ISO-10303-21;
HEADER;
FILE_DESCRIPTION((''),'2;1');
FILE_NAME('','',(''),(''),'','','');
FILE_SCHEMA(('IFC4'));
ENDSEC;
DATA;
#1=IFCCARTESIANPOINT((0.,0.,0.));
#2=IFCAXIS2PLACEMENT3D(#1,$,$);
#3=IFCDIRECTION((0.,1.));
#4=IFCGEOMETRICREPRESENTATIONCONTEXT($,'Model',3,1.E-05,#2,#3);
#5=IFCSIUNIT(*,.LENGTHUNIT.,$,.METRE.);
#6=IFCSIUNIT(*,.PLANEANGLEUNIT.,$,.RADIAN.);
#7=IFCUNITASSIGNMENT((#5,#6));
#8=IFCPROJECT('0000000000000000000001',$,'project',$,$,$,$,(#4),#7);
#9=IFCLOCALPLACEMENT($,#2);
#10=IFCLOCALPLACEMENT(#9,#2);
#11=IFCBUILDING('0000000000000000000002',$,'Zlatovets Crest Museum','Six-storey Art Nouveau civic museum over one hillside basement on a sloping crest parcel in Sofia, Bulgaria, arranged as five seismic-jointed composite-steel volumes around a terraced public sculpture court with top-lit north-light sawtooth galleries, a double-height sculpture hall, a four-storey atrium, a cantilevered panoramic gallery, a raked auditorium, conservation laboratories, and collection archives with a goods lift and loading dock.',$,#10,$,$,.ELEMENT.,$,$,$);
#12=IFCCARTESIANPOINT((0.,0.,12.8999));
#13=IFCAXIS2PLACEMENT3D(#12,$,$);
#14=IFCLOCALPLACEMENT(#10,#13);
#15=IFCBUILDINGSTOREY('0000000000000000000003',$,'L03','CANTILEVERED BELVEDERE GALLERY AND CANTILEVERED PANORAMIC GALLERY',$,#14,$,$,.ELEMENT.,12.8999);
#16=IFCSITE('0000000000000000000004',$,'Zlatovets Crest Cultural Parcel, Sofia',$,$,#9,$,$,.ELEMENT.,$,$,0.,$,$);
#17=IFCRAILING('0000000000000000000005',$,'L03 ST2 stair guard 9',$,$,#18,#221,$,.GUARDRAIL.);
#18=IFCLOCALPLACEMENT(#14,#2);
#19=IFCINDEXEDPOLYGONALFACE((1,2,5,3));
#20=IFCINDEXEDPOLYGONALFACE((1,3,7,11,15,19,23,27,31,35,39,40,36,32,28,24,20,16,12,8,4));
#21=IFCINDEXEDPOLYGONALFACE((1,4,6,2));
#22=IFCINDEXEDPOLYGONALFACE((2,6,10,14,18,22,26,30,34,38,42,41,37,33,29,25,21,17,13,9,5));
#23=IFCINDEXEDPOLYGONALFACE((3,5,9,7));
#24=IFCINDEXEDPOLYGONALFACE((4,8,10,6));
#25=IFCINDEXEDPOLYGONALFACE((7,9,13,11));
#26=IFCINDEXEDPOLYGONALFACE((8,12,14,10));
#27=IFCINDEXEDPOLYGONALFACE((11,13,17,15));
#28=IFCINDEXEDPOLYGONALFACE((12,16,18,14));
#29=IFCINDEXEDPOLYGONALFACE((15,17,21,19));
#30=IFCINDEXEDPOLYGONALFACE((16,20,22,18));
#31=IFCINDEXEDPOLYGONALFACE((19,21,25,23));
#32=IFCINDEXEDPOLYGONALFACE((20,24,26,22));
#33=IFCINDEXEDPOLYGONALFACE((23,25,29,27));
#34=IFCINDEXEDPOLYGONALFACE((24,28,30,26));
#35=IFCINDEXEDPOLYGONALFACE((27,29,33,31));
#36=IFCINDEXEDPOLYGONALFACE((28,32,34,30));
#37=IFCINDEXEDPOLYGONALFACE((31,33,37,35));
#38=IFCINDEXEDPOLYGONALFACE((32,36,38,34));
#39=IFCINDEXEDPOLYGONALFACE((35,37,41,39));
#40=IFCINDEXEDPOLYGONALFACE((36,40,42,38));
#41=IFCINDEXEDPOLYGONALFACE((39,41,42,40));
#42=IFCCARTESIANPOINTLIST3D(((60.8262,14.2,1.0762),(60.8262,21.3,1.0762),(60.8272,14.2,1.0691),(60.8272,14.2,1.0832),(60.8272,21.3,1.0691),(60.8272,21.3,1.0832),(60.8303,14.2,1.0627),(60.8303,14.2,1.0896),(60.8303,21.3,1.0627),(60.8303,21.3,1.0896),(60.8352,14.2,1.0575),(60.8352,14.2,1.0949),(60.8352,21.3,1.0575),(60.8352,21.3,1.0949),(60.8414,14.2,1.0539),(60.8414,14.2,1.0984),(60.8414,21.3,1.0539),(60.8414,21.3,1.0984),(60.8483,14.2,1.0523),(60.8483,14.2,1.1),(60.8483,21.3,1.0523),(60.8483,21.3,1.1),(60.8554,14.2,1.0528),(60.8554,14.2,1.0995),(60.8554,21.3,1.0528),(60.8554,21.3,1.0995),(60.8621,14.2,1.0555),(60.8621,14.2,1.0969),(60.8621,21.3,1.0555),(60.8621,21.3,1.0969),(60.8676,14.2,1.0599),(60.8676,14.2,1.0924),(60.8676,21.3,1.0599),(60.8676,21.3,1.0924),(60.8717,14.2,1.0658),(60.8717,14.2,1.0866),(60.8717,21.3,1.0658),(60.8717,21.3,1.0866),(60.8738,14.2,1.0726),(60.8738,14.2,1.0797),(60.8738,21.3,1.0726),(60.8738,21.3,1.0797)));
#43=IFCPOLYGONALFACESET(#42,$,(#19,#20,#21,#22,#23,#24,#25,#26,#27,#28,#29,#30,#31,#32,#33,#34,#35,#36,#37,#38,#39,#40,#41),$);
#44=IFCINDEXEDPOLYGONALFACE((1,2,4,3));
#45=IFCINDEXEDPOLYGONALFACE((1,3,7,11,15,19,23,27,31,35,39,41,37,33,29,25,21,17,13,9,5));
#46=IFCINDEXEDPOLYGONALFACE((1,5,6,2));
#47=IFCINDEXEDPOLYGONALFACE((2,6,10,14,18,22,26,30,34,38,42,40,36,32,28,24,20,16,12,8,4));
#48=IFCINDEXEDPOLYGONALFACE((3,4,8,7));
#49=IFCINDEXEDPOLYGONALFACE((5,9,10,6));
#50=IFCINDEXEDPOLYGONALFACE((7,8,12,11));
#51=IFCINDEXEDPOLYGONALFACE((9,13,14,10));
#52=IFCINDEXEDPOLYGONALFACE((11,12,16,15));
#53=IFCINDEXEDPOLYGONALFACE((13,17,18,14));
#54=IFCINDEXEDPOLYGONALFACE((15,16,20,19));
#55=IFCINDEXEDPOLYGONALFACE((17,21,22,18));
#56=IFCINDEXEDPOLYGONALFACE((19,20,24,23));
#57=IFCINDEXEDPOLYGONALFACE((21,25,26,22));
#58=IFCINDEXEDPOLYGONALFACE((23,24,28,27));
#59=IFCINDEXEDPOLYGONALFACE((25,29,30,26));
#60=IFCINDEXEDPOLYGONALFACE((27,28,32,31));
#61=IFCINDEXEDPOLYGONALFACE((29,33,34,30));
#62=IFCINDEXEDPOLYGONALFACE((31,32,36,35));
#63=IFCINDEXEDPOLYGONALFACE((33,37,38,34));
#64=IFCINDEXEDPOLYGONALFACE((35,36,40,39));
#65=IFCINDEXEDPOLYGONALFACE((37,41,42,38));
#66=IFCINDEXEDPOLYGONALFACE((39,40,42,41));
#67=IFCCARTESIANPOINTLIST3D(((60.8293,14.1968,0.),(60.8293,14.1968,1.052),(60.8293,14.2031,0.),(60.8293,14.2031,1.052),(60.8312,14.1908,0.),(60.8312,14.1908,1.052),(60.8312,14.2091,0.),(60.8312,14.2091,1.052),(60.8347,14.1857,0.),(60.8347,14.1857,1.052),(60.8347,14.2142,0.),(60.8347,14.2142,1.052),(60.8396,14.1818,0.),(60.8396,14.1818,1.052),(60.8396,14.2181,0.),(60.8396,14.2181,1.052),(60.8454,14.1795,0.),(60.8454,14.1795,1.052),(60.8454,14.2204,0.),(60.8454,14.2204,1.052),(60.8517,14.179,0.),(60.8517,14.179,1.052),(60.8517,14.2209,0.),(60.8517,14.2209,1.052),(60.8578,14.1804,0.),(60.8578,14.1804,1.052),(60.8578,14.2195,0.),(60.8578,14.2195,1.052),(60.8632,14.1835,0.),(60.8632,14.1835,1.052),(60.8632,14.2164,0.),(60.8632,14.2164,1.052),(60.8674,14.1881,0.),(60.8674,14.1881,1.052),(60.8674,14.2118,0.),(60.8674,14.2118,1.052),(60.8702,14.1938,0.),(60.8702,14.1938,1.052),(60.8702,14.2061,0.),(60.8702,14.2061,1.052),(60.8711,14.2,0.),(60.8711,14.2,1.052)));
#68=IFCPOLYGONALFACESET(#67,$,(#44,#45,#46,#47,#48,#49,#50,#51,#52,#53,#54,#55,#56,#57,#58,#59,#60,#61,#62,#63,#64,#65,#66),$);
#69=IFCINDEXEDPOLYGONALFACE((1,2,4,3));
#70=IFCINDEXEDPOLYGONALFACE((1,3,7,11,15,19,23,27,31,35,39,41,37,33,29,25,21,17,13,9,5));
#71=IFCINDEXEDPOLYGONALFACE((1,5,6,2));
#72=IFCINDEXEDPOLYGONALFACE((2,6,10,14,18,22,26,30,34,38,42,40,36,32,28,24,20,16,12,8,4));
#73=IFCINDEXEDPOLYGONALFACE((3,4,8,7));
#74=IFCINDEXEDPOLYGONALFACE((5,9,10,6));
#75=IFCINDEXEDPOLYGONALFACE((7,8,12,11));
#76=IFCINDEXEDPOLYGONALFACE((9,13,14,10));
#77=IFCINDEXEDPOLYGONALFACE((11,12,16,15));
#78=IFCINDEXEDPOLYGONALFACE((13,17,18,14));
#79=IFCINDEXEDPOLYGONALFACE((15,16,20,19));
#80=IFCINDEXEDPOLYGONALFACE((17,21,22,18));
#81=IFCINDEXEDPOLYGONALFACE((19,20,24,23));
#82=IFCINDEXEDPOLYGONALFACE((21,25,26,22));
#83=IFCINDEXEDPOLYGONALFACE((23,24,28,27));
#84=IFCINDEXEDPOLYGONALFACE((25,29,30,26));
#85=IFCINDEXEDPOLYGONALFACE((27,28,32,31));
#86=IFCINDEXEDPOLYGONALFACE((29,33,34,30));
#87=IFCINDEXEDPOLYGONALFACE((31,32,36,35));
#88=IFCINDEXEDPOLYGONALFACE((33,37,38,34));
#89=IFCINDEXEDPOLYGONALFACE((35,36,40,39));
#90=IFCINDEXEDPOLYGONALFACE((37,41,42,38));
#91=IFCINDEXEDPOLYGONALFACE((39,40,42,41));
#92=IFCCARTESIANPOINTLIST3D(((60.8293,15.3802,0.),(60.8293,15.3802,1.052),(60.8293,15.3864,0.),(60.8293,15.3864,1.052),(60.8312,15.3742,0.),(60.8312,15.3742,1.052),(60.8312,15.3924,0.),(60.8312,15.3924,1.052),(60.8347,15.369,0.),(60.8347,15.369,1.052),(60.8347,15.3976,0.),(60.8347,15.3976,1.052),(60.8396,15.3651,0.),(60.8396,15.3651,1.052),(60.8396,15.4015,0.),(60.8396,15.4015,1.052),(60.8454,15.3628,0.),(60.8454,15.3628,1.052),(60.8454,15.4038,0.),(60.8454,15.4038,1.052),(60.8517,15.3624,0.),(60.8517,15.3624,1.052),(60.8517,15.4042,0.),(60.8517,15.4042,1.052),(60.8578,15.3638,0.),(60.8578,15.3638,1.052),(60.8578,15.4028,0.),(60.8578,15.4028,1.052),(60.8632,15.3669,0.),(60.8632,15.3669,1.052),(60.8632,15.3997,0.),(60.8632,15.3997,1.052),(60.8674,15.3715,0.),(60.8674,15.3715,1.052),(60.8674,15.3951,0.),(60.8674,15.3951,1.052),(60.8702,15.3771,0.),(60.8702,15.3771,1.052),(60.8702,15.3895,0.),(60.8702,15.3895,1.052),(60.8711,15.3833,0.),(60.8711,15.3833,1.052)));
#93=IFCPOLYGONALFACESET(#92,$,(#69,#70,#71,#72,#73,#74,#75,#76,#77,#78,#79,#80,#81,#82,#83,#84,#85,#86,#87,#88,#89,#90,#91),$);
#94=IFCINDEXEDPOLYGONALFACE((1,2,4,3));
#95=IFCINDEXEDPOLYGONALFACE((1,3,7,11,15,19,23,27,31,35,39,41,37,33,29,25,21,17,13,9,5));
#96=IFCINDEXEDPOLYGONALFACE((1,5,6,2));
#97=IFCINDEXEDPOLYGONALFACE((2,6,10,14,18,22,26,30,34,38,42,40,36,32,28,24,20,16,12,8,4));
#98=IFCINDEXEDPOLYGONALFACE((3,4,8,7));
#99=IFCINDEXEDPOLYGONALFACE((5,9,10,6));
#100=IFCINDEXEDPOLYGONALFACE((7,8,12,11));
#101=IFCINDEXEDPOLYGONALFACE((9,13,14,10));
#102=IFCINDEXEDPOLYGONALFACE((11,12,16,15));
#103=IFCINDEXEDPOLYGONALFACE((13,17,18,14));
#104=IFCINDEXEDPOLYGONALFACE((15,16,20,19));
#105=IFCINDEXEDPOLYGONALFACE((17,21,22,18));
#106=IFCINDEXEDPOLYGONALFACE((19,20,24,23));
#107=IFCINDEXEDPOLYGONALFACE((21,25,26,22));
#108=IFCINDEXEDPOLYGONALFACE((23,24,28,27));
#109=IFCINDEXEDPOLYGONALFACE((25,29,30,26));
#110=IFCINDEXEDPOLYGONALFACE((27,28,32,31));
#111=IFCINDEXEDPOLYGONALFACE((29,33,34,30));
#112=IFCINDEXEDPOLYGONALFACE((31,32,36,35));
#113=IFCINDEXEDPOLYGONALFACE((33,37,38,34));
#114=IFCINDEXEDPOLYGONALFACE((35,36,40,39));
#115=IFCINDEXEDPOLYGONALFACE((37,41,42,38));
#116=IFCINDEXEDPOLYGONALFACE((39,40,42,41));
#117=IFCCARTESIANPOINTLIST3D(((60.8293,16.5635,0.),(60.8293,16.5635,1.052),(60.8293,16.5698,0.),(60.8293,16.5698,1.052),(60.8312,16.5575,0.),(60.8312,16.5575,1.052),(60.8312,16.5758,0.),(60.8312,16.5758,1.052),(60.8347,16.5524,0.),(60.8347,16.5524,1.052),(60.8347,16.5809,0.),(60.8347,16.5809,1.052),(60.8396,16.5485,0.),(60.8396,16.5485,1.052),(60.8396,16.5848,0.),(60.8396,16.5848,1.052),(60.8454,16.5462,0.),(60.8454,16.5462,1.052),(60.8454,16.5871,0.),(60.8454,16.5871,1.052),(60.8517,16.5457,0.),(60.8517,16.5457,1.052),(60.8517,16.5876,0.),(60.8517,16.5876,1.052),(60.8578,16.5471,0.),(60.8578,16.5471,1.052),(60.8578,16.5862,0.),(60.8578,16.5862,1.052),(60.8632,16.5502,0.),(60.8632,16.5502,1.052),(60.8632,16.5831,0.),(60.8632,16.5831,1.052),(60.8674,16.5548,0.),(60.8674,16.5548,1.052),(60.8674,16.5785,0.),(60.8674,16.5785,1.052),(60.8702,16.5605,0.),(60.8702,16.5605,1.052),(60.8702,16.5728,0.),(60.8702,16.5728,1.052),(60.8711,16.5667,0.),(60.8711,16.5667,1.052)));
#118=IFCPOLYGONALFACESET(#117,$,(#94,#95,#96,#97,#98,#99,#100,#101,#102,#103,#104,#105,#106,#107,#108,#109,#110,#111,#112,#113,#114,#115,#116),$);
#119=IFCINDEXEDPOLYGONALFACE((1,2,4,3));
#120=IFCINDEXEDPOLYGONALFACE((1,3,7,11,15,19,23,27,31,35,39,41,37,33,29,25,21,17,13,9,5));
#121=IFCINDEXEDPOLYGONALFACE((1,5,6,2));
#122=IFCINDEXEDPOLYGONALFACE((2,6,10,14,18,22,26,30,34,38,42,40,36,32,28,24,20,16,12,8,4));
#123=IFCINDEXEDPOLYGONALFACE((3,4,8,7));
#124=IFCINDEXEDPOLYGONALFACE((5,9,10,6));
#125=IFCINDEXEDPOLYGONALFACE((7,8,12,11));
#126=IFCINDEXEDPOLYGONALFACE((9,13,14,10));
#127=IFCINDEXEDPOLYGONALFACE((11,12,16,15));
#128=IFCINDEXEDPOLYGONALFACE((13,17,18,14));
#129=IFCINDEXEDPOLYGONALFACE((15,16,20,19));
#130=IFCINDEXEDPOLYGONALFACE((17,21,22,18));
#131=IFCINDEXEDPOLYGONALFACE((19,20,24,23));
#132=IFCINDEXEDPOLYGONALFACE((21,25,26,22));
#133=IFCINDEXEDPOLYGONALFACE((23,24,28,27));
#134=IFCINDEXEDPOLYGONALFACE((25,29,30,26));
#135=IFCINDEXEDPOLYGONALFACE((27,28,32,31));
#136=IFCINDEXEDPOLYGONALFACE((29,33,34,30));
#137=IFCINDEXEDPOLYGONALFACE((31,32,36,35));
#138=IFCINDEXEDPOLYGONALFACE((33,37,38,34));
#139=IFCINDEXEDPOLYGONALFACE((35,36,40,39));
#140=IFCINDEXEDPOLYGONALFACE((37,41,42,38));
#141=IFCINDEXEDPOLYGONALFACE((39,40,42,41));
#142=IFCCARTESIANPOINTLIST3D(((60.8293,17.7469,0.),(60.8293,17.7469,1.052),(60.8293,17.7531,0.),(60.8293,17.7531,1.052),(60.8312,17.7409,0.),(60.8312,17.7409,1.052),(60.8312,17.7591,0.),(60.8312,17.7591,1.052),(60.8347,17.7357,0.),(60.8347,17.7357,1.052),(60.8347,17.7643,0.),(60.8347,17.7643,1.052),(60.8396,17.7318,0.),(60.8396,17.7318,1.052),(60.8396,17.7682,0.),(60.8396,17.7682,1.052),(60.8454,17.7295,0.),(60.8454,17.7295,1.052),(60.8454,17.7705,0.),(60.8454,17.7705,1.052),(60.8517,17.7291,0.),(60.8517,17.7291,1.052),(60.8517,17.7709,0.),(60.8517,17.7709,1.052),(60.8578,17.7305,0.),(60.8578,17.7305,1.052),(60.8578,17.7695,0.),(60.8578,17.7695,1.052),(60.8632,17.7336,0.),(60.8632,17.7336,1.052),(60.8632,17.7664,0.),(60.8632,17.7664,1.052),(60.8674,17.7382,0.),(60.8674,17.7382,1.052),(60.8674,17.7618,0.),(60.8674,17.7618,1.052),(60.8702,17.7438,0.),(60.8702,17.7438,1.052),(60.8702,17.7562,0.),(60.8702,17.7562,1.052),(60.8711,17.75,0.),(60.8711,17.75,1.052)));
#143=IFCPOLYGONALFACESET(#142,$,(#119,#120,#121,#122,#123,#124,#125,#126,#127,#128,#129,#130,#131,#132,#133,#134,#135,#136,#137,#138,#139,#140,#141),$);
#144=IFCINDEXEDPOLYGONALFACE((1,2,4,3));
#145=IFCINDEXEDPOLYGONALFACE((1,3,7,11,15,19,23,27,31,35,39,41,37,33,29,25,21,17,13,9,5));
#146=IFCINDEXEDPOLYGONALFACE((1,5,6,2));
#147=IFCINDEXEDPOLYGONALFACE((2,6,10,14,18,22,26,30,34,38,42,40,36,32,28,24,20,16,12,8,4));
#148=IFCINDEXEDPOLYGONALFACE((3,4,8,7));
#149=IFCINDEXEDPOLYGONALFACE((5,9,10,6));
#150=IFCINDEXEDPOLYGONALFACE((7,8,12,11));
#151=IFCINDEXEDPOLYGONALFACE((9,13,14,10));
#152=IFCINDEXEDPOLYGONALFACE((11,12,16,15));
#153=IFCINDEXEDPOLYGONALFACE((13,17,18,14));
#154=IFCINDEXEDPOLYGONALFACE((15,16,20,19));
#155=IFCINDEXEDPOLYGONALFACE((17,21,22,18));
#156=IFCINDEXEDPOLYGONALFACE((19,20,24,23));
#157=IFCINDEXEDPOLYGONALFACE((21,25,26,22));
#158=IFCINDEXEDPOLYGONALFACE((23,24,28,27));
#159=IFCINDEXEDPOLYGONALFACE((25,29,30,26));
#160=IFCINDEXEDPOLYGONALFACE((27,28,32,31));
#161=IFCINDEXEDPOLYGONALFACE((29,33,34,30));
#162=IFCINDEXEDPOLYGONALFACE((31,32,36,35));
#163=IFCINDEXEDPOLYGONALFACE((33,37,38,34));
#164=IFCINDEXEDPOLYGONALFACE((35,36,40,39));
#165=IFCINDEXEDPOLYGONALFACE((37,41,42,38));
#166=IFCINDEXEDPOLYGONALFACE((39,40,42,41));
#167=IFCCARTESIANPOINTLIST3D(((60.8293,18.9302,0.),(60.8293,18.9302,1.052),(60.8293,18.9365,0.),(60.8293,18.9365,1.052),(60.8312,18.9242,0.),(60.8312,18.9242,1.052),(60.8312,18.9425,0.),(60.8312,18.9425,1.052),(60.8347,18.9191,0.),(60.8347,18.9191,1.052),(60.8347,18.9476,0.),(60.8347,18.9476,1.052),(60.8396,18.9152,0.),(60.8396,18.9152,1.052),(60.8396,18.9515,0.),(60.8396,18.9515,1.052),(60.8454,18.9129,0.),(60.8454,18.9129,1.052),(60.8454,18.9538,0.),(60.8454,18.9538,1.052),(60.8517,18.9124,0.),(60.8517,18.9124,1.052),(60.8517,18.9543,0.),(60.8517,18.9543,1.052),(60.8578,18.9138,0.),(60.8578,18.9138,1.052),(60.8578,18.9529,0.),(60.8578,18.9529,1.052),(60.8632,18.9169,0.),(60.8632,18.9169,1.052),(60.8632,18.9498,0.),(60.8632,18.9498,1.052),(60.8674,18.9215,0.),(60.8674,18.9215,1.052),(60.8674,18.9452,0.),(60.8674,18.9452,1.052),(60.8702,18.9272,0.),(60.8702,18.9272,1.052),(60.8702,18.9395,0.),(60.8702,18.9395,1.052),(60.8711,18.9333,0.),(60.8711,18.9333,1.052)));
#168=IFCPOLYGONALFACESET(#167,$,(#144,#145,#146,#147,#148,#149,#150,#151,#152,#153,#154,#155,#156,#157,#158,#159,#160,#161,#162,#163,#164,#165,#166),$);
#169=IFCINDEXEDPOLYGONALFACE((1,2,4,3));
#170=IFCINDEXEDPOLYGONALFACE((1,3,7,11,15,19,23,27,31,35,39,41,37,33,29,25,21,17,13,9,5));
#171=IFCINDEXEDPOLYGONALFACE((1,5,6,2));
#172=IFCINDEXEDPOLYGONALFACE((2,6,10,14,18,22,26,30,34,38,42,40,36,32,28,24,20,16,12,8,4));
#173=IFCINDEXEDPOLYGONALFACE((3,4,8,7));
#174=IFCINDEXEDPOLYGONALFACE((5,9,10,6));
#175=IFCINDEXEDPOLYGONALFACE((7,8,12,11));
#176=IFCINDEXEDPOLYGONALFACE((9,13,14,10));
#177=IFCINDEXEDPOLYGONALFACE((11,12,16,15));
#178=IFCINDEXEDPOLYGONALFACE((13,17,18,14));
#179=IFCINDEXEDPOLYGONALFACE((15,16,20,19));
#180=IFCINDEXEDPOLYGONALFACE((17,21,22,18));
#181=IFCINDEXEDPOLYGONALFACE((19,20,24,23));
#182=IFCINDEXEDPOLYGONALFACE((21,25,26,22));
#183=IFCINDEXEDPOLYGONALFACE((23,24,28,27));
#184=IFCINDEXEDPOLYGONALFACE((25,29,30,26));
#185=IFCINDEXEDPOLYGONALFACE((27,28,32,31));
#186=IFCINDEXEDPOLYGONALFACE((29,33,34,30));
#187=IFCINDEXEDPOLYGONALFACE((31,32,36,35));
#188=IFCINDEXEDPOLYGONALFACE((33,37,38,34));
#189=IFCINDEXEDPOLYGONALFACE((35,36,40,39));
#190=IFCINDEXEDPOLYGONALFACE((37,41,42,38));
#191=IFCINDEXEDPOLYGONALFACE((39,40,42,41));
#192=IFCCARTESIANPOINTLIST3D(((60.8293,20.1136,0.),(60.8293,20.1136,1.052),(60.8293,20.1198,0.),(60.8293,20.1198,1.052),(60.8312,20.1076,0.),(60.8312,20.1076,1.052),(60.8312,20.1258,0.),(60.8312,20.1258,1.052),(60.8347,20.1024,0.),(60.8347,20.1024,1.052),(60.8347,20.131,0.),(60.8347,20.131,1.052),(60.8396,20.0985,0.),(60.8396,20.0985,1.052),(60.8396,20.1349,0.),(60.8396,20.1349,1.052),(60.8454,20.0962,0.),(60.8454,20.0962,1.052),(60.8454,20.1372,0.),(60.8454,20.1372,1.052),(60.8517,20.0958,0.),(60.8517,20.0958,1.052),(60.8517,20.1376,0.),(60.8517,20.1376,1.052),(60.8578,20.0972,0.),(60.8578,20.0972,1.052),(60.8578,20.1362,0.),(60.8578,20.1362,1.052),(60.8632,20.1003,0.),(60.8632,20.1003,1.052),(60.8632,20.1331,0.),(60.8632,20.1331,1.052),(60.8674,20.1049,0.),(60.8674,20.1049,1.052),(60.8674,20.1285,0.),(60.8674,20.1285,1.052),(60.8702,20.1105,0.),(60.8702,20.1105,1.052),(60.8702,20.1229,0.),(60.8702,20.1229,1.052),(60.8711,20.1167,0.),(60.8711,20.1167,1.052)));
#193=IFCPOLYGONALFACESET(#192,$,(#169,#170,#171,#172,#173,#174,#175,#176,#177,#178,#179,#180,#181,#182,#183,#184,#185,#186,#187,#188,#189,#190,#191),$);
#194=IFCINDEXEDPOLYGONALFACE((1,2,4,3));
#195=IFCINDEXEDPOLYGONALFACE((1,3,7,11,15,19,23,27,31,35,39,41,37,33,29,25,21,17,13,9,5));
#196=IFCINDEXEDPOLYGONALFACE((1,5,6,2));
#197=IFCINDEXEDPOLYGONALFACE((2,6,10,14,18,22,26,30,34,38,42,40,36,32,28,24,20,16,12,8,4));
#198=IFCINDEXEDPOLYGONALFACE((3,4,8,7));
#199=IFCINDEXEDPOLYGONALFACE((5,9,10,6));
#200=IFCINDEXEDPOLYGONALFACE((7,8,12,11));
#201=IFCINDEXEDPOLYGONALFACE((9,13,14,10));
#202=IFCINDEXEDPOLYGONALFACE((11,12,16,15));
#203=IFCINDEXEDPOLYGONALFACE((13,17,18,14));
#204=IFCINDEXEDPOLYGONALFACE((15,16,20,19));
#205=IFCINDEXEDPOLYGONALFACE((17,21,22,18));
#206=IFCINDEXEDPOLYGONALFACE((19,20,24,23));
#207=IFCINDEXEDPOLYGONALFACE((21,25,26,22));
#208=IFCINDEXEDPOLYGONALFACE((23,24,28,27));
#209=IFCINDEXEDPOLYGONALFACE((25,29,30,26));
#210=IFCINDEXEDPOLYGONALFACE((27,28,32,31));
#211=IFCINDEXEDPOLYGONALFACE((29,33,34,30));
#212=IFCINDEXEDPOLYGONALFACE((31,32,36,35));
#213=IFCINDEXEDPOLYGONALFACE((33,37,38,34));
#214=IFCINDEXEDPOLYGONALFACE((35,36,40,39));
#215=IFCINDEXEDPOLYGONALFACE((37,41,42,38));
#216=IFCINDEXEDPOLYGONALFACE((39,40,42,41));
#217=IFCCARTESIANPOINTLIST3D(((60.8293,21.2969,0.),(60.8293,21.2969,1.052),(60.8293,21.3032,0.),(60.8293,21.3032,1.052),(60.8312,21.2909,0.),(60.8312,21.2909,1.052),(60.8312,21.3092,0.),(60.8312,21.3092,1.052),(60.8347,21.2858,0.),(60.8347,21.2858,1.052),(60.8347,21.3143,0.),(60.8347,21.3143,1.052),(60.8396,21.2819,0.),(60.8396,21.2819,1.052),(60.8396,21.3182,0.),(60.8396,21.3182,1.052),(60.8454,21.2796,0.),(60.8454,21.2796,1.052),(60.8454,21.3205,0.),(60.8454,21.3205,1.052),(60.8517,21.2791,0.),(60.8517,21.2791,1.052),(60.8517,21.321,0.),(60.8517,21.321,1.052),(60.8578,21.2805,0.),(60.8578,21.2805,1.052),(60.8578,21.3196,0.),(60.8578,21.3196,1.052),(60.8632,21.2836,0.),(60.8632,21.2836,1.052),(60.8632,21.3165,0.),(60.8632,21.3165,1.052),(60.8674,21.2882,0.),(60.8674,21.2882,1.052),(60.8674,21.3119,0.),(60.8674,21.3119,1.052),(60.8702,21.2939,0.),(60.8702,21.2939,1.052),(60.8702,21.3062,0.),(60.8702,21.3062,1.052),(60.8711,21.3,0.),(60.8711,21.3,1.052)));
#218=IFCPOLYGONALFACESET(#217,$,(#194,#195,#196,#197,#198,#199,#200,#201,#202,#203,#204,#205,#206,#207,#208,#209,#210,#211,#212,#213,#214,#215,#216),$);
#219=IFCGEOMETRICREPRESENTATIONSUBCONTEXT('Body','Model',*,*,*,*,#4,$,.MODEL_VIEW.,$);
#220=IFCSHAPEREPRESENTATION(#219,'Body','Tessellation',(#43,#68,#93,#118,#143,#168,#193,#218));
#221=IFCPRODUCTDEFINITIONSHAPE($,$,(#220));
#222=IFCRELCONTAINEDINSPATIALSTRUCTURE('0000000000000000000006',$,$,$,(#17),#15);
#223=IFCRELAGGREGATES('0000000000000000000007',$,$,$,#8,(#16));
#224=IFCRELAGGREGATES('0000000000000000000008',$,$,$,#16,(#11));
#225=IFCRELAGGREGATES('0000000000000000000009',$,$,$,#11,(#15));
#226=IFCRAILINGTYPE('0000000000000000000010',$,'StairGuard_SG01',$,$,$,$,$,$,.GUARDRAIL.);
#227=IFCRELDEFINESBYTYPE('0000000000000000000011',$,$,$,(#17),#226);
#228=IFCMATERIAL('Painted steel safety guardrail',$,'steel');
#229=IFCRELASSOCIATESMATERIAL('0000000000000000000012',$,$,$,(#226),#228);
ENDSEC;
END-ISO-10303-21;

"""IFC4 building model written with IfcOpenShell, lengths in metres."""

from ifc_helpers import new_model, si_unit, direction, frame, origin, origin_2d, place, context, subcontext, project, spatial, circle, extrude, material, type_object, element, save


model = new_model("IFC4")

# Units and contexts
model_context = context("Model", 3, precision=1e-05, world=origin(), true_north=direction((0.0, 1.0)))
body_context = subcontext(model_context, "Body", "Model", "MODEL_VIEW")
ifc_project = project(units=[si_unit("LENGTHUNIT", "METRE"), si_unit("PLANEANGLEUNIT", "RADIAN")], contexts=[model_context])

# Site, building, storey
site_placement = place(None, origin())
site = spatial("IfcSite", under=ifc_project, at=site_placement, Name="Zlatovets Crest Cultural Parcel, Sofia", CompositionType="ELEMENT", RefElevation=0.0)
building_placement = place(site_placement, origin())
building = spatial("IfcBuilding", under=site, at=building_placement, Name="Zlatovets Crest Museum", Description="Six-storey Art Nouveau civic museum over one hillside basement on a sloping crest parcel in Sofia, Bulgaria, arranged as five seismic-jointed composite-steel volumes around a terraced public sculpture court with top-lit north-light sawtooth galleries, a double-height sculpture hall, a four-storey atrium, a cantilevered panoramic gallery, a raked auditorium, conservation laboratories, and collection archives with a goods lift and loading dock.", CompositionType="ELEMENT")
storey_placement = place(building_placement, frame((0.0, 0.0, 12.8999)))
storey = spatial("IfcBuildingStorey", under=building, at=storey_placement, Name="L03", Description="CANTILEVERED BELVEDERE GALLERY AND CANTILEVERED PANORAMIC GALLERY", CompositionType="ELEMENT", Elevation=12.8999)

# Railing
ifc_material_1 = material(Name="Painted steel safety guardrail", Category="steel")
railing_type_1 = type_object("IfcRailingType", Name="StairGuard_SG01", PredefinedType="GUARDRAIL", material=ifc_material_1)
railing_1_placement = place(storey_placement, frame((60.8501, 14.2, 0.0)))
element("IfcRailing", 1, at=railing_1_placement, inside=storey, type_object=railing_type_1, Name="L03 ST2 stair guard 9", PredefinedType="GUARDRAIL", context=body_context, shape_type="SweptSolid", body=[
    extrude(circle(Radius=0.0239, at=origin_2d()), frame((0.0, 0.0, 1.0762), z_axis=(0.0, 1.0, 0.0), x_axis=(-1.0, 0.0, 0.0)), (0.0, 0.0, 1.0), 7.1001),
    extrude(circle(Radius=0.021, at=origin_2d()), origin(), (0.0, 0.0, 1.0), 1.052),
    extrude(circle(Radius=0.021, at=origin_2d()), frame((0.0, 1.1833, 0.0)), (0.0, 0.0, 1.0), 1.052),
    extrude(circle(Radius=0.021, at=origin_2d()), frame((0.0, 2.3667, 0.0)), (0.0, 0.0, 1.0), 1.052),
    extrude(circle(Radius=0.021, at=origin_2d()), frame((0.0, 3.55, 0.0)), (0.0, 0.0, 1.0), 1.052),
    extrude(circle(Radius=0.021, at=origin_2d()), frame((0.0, 4.7334, 0.0)), (0.0, 0.0, 1.0), 1.052),
    extrude(circle(Radius=0.021, at=origin_2d()), frame((0.0, 5.9167, 0.0)), (0.0, 0.0, 1.0), 1.052),
    extrude(circle(Radius=0.021, at=origin_2d()), frame((0.0, 7.1001, 0.0)), (0.0, 0.0, 1.0), 1.052),
])

save(model, "model.ifc")
